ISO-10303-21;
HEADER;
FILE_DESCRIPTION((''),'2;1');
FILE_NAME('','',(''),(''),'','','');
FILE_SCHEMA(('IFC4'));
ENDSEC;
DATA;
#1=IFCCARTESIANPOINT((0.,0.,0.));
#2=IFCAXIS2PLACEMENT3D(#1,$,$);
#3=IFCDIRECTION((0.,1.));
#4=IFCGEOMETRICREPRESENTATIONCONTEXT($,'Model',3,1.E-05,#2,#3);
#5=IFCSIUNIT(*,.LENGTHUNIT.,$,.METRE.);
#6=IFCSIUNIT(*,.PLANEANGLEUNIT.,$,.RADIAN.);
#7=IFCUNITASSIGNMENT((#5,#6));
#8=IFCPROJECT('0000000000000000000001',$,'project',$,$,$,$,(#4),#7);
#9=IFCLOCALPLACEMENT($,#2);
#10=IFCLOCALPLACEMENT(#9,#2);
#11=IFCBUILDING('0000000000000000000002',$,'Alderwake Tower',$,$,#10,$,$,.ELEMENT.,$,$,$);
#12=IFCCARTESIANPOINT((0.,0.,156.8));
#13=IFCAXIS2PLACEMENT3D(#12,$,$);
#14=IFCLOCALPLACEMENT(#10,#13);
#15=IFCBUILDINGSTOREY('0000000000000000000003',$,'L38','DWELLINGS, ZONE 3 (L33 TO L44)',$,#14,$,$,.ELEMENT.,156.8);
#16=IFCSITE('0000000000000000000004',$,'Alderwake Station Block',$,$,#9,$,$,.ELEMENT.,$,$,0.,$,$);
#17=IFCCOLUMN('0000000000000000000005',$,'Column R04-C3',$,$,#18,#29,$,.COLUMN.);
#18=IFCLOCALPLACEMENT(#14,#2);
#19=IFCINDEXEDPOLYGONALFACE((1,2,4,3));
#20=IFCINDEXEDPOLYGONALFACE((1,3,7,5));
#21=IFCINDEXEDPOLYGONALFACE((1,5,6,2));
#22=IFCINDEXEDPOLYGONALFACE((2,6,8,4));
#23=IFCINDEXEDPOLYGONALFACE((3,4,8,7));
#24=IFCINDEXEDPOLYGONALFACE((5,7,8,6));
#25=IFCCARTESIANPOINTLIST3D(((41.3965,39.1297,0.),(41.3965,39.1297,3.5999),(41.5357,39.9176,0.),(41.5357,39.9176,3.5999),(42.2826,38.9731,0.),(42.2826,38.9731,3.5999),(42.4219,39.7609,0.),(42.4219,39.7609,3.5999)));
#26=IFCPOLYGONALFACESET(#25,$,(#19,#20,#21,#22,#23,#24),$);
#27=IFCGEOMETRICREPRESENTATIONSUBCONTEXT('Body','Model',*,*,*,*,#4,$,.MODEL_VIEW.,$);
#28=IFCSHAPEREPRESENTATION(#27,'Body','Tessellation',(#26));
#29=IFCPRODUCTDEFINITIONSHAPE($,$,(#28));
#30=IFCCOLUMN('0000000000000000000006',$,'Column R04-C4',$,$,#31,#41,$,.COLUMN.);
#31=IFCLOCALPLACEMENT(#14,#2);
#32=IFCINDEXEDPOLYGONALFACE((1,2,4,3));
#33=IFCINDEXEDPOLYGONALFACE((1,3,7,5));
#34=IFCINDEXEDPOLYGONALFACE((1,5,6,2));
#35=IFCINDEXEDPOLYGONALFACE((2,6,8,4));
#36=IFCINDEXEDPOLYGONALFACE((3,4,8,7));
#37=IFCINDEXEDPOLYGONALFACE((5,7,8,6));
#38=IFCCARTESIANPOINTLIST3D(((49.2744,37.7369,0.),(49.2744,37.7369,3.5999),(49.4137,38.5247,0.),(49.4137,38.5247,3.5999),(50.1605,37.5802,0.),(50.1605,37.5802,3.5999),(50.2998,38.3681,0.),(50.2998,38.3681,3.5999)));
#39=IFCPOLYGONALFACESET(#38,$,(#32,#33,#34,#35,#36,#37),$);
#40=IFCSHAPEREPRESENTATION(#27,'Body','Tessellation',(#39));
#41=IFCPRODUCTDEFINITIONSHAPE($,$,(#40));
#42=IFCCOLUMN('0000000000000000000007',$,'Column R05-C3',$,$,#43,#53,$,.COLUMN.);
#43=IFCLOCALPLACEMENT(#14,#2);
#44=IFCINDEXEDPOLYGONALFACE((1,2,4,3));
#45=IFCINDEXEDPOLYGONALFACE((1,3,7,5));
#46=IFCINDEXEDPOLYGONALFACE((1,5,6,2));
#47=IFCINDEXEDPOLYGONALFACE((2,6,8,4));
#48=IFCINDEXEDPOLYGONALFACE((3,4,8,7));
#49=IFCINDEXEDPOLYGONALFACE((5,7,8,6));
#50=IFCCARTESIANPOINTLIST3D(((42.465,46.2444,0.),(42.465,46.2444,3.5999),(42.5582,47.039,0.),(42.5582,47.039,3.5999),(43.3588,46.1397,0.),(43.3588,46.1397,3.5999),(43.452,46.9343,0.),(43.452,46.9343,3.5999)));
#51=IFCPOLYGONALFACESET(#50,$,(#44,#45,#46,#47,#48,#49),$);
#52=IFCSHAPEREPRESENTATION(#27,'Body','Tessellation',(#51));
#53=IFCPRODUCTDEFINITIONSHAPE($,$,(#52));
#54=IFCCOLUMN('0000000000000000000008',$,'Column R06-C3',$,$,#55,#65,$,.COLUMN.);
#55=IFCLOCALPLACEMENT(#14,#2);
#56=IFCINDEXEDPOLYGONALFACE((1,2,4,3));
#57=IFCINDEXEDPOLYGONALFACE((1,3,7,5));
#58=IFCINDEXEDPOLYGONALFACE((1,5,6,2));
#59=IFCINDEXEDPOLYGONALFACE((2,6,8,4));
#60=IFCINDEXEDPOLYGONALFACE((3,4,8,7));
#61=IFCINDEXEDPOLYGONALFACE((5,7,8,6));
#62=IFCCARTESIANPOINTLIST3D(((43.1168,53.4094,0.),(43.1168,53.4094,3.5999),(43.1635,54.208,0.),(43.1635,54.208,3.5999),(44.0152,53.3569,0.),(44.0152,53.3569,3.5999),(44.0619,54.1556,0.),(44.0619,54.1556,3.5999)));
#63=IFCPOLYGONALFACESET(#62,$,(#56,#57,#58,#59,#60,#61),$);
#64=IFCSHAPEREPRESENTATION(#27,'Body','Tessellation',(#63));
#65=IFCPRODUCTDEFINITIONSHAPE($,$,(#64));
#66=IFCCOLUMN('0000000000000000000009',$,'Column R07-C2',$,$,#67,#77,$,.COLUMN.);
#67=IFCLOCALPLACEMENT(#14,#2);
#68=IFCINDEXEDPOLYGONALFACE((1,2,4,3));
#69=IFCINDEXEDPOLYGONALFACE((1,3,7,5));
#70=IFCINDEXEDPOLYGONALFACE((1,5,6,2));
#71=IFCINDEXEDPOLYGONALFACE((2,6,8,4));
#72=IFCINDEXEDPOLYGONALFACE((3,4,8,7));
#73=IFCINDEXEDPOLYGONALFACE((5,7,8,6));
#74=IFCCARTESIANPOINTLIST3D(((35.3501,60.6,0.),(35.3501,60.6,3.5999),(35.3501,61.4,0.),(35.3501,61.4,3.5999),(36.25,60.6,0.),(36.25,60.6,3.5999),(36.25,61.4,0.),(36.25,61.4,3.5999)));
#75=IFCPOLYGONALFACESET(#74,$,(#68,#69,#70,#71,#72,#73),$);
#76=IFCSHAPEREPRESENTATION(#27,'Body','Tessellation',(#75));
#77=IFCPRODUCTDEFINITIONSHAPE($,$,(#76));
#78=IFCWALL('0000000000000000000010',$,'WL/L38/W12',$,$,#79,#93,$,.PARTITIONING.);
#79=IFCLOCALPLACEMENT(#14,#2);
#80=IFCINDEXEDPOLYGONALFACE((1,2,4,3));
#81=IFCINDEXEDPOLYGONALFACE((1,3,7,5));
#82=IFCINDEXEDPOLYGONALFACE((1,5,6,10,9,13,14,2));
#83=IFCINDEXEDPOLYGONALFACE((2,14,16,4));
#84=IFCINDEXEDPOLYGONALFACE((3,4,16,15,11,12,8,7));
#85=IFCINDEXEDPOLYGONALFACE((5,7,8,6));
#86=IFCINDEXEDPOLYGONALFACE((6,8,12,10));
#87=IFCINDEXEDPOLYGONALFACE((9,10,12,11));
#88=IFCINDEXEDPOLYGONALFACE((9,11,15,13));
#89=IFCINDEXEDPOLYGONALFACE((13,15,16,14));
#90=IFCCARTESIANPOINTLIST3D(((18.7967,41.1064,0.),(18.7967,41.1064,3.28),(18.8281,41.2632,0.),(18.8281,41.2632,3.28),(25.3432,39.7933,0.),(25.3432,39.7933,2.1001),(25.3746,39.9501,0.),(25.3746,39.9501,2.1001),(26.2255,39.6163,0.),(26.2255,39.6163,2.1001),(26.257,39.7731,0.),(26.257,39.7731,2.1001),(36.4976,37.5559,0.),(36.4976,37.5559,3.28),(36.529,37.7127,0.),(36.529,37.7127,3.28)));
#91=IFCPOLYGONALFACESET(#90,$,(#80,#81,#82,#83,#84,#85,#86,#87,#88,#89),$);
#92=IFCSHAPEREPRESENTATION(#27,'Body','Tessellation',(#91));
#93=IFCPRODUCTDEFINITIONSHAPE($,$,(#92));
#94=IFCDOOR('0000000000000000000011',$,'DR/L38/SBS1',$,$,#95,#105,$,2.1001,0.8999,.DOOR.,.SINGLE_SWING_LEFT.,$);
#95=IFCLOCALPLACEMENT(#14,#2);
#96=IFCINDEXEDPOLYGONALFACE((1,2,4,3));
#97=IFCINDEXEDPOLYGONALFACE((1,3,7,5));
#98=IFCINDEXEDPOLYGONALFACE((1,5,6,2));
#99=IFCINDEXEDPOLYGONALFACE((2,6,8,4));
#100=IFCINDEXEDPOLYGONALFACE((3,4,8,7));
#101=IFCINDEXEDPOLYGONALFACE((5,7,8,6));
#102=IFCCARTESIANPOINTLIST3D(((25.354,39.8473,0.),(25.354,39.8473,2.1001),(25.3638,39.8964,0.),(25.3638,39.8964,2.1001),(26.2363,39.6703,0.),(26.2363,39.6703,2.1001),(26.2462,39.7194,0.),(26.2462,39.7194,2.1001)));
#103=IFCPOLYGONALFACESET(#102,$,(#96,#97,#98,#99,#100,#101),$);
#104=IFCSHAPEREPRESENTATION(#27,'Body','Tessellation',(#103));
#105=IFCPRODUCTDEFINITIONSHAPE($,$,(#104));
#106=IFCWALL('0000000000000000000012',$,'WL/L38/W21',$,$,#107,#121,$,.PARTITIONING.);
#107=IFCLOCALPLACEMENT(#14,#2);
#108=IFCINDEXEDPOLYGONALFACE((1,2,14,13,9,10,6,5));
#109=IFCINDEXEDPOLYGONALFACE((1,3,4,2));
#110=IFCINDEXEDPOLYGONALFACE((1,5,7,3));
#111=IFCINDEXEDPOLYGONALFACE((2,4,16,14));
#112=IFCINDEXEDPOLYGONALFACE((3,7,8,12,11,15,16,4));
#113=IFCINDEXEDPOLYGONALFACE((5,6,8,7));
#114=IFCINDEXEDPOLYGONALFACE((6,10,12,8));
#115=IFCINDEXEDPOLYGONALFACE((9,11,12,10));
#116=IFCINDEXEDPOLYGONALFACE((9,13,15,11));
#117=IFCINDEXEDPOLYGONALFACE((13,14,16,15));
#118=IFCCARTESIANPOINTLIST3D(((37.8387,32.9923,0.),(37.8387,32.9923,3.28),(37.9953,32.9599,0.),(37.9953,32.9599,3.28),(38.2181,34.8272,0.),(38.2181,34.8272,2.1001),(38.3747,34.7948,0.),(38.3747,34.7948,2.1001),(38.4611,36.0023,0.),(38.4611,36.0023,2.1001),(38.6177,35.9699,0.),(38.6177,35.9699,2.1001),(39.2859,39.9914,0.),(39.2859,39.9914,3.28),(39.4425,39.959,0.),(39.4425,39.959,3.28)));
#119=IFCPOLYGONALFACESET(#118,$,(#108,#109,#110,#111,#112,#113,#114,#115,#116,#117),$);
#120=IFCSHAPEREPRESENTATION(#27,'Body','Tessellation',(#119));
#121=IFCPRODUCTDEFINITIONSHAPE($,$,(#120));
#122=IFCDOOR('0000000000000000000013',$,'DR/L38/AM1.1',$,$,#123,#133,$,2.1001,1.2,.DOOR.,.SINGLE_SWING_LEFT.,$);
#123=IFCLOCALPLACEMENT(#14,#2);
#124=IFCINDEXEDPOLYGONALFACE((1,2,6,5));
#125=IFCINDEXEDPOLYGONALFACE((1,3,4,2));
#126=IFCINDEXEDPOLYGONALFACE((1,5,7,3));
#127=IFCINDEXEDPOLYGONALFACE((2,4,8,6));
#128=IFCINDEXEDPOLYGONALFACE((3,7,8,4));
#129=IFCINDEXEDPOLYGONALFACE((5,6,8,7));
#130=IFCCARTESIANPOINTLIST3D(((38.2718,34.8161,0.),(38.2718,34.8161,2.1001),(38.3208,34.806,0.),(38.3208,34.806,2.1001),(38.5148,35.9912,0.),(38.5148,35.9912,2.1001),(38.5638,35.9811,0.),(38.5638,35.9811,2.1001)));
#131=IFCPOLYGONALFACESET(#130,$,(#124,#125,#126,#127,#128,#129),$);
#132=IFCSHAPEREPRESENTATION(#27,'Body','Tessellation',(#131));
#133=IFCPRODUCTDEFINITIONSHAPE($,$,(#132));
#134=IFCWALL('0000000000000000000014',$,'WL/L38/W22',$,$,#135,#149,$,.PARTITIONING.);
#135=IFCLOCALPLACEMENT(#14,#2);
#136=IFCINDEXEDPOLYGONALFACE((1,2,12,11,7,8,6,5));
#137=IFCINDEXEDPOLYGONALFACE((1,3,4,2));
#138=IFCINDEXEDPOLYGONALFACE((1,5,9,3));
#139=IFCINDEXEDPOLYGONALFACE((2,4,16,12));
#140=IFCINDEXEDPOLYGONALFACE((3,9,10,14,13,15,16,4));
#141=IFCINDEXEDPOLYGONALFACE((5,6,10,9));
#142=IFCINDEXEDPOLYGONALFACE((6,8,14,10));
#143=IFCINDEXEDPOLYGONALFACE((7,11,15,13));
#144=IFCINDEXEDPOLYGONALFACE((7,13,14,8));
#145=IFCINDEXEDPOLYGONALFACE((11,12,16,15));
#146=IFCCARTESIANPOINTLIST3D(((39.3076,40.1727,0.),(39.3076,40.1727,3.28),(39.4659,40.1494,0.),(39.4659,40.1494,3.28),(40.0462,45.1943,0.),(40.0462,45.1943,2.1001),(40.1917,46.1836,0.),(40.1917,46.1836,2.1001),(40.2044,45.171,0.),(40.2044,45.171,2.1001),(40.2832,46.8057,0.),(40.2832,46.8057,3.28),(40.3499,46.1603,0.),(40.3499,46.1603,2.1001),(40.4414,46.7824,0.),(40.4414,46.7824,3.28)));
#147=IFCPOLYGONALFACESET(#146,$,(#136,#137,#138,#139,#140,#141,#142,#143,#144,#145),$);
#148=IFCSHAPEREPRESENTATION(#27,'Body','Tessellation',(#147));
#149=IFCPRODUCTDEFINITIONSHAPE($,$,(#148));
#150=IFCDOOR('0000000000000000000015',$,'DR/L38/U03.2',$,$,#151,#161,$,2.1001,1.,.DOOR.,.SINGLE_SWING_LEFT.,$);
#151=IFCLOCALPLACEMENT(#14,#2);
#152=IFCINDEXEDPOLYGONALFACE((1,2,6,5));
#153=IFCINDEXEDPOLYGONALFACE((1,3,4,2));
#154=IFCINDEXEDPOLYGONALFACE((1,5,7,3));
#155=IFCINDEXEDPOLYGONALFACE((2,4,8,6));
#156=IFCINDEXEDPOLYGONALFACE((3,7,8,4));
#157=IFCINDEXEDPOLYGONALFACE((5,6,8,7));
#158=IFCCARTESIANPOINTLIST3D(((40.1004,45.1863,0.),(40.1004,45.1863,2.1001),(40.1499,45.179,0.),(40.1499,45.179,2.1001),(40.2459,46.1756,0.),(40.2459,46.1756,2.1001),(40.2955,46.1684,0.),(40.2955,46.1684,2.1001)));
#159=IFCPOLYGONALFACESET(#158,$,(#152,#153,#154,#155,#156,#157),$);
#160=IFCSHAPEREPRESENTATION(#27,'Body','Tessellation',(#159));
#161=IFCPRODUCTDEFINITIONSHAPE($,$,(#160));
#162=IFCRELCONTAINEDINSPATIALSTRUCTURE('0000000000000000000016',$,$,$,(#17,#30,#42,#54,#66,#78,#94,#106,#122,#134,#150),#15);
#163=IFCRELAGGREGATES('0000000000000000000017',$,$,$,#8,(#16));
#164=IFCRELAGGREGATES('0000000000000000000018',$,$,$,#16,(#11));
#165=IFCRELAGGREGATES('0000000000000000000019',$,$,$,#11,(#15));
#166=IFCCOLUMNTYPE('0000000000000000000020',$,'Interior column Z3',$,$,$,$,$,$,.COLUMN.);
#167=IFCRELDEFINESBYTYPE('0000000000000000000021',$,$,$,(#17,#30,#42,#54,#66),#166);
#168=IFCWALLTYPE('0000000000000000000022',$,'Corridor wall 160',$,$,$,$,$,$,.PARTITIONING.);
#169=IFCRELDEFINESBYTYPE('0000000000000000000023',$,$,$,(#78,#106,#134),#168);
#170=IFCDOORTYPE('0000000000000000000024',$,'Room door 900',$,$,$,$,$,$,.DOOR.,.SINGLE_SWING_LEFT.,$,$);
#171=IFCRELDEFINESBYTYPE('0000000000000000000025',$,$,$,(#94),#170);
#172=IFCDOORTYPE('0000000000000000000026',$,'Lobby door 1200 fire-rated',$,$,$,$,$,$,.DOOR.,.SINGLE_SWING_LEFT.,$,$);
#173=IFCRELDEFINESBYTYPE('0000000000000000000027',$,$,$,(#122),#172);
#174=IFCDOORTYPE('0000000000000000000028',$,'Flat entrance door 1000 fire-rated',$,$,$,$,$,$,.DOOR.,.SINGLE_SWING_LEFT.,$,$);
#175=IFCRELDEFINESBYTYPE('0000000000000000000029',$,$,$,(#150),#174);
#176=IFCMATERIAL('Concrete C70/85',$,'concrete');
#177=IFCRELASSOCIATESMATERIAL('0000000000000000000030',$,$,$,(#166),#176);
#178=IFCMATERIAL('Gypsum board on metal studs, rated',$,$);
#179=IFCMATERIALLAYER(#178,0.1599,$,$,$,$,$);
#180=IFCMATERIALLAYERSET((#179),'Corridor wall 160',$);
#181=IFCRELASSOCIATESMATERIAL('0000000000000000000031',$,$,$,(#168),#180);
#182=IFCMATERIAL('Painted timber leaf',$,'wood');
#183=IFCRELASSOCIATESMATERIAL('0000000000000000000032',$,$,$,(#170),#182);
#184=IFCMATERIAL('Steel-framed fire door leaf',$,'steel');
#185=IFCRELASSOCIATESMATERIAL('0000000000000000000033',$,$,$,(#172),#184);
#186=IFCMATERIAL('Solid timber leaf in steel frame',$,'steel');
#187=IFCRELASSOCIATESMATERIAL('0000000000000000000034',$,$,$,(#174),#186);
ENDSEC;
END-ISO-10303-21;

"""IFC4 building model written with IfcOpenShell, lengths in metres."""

from ifc_helpers import new_model, si_unit, direction, frame, frame_2d, origin, origin_2d, place, context, subcontext, project, spatial, rectangle, extrude, material, layer, layer_set, material_profile, profile_set, type_object, element, fill, save


model = new_model("IFC4")

# Units and contexts
model_context = context("Model", 3, precision=1e-05, world=origin(), true_north=direction((0.0, 1.0)))
body_context = subcontext(model_context, "Body", "Model", "MODEL_VIEW")
ifc_project = project(units=[si_unit("LENGTHUNIT", "METRE"), si_unit("PLANEANGLEUNIT", "RADIAN")], contexts=[model_context])

# Site, building, storey
site_placement = place(None, origin())
site = spatial("IfcSite", under=ifc_project, at=site_placement, Name="Alderwake Station Block", CompositionType="ELEMENT", RefElevation=0.0)
building_placement = place(site_placement, origin())
building = spatial("IfcBuilding", under=site, at=building_placement, Name="Alderwake Tower", CompositionType="ELEMENT")
storey_placement = place(building_placement, frame((0.0, 0.0, 156.8)))
storey = spatial("IfcBuildingStorey", under=building, at=storey_placement, Name="L38", Description="DWELLINGS, ZONE 3 (L33 TO L44)", CompositionType="ELEMENT", Elevation=156.8)

# Columns
ifc_material_1 = material(Name="Concrete C70/85", Category="concrete")
ifc_material_profile = material_profile(ifc_material_1, rectangle(XDim=0.8, YDim=0.8999, at=origin_2d()), Name="RC 900X800")
ifc_profile_set = profile_set([ifc_material_profile], Name="Concrete C70/85")
column_type = type_object("IfcColumnType", Name="Interior column Z3", PredefinedType="COLUMN", material=ifc_profile_set)
for number, where, z_axis, x_axis, name in (
    (1, (41.9092, 39.4453, 0.0), (0.0, 0.0, 1.0), (0.174109, 0.984726, 0.0), "Column R04-C3"),
    (2, (49.7871, 38.0525, 0.0), (0.0, 0.0, 1.0), (0.174109, 0.984726, 0.0), "Column R04-C4"),
    (3, (42.9585, 46.5894, 0.0), (0.0, 0.0, 1.0), (0.116402, 0.993202, 0.0), "Column R05-C3"),
    (4, (43.5894, 53.7825, 0.0), (0.0, 0.0, 1.0), (0.058301, 0.998299, 0.0), "Column R06-C3"),
    (5, (35.8, 61.0, 0.0), (0.0, 0.0, 1.0), (0.0, 1.0, 0.0), "Column R07-C2"),
):
    element("IfcColumn", number, at=place(storey_placement, frame(where, z_axis=z_axis, x_axis=x_axis)), inside=storey, type_object=column_type, Name=name, PredefinedType="COLUMN", context=body_context, shape_type="SweptSolid", body=[
        extrude(rectangle(XDim=0.8, YDim=0.8999, at=origin_2d()), origin(), (0.0, 0.0, 1.0), 3.5999),
    ])

# Walls, openings, doors
ifc_material_2 = material(Name="Gypsum board on metal studs, rated")
ifc_layer_1 = layer(ifc_material_2, 0.1599)
ifc_layer_set_1 = layer_set([ifc_layer_1], Name="Corridor wall 160")
wall_type_1 = type_object("IfcWallType", Name="Corridor wall 160", PredefinedType="PARTITIONING", material=ifc_layer_set_1)
wall_1_placement = place(storey_placement, frame((36.5134, 37.6343, 0.0), z_axis=(0.0, 0.0, 1.0), x_axis=(-0.98047, 0.196667, 0.0)))
wall_1 = element("IfcWall", 6, at=wall_1_placement, inside=storey, type_object=wall_type_1, Name="WL/L38/W12", PredefinedType="PARTITIONING", context=body_context, shape_type="SweptSolid", body=[
    extrude(rectangle(XDim=18.0535, YDim=0.1599, at=frame_2d((9.0269, 0.0))), origin(), (0.0, 0.0, 1.0), 3.28),
])
opening_1_placement = place(wall_1_placement, frame((10.4768, 0.0, 0.0)))
opening_1 = element("IfcOpeningElement", 7, at=opening_1_placement, cuts=wall_1, PredefinedType="OPENING", context=body_context, shape_type="SweptSolid", body=[
    extrude(rectangle(XDim=0.8999, YDim=2.1001, at=frame_2d((0.45, 1.05))), frame((0.0, 0.0898, 0.0), z_axis=(0.0, -1.0, 0.0), x_axis=(1.0, 0.0, 0.0)), (0.0, 0.0, 1.0), 0.1799),
])
ifc_material_3 = material(Name="Painted timber leaf", Category="wood")
door_type_1 = type_object("IfcDoorType", Name="Room door 900", OperationType="SINGLE_SWING_LEFT", PredefinedType="DOOR", material=ifc_material_3)
door_1_placement = place(opening_1_placement, origin())
door_1 = element("IfcDoor", 8, at=door_1_placement, inside=storey, type_object=door_type_1, Name="DR/L38/SBS1", OperationType="SINGLE_SWING_LEFT", OverallHeight=2.1001, OverallWidth=0.8999, PredefinedType="DOOR", context=body_context, shape_type="SweptSolid", body=[
    extrude(rectangle(XDim=0.8999, YDim=2.1001, at=frame_2d((0.45, 1.05))), frame((0.0, 0.0249, 0.0), z_axis=(0.0, -1.0, 0.0), x_axis=(1.0, 0.0, 0.0)), (0.0, 0.0, 1.0), 0.05),
])
fill(opening_1, door_1)
wall_2_placement = place(storey_placement, frame((39.3643, 39.9753, 0.0), z_axis=(0.0, 0.0, 1.0), x_axis=(-0.20249, -0.979284, 0.0)))
wall_2 = element("IfcWall", 9, at=wall_2_placement, inside=storey, type_object=wall_type_1, Name="WL/L38/W21", PredefinedType="PARTITIONING", context=body_context, shape_type="SweptSolid", body=[
    extrude(rectangle(XDim=7.1472, YDim=0.1599, at=frame_2d((3.5737, 0.0))), origin(), (0.0, 0.0, 1.0), 3.28),
])
opening_2_placement = place(wall_2_placement, frame((4.0735, 0.0, 0.0)))
opening_2 = element("IfcOpeningElement", 10, at=opening_2_placement, cuts=wall_2, PredefinedType="OPENING", context=body_context, shape_type="SweptSolid", body=[
    extrude(rectangle(XDim=1.2, YDim=2.1001, at=frame_2d((0.6001, 1.05))), frame((0.0, 0.0898, 0.0), z_axis=(0.0, -1.0, 0.0), x_axis=(1.0, 0.0, 0.0)), (0.0, 0.0, 1.0), 0.1799),
])
ifc_material_4 = material(Name="Steel-framed fire door leaf", Category="steel")
door_type_2 = type_object("IfcDoorType", Name="Lobby door 1200 fire-rated", OperationType="SINGLE_SWING_LEFT", PredefinedType="DOOR", material=ifc_material_4)
door_2_placement = place(opening_2_placement, origin())
door_2 = element("IfcDoor", 11, at=door_2_placement, inside=storey, type_object=door_type_2, Name="DR/L38/AM1.1", OperationType="SINGLE_SWING_LEFT", OverallHeight=2.1001, OverallWidth=1.2, PredefinedType="DOOR", context=body_context, shape_type="SweptSolid", body=[
    extrude(rectangle(XDim=1.2, YDim=2.1001, at=frame_2d((0.6001, 1.05))), frame((0.0, 0.0249, 0.0), z_axis=(0.0, -1.0, 0.0), x_axis=(1.0, 0.0, 0.0)), (0.0, 0.0, 1.0), 0.05),
])
fill(opening_2, door_2)
wall_3_placement = place(storey_placement, frame((40.3623, 46.7939, 0.0), z_axis=(0.0, 0.0, 1.0), x_axis=(-0.145514, -0.989356, 0.0)))
wall_3 = element("IfcWall", 12, at=wall_3_placement, inside=storey, type_object=wall_type_1, Name="WL/L38/W22", PredefinedType="PARTITIONING", context=body_context, shape_type="SweptSolid", body=[
    extrude(rectangle(XDim=6.7043, YDim=0.1599, at=frame_2d((3.3521, 0.0))), origin(), (0.0, 0.0, 1.0), 3.28),
])
opening_3_placement = place(wall_3_placement, frame((0.6287, 0.0, 0.0)))
opening_3 = element("IfcOpeningElement", 13, at=opening_3_placement, cuts=wall_3, PredefinedType="OPENING", context=body_context, shape_type="SweptSolid", body=[
    extrude(rectangle(XDim=1.0, YDim=2.1001, at=frame_2d((0.5, 1.05))), frame((0.0, 0.0898, 0.0), z_axis=(0.0, -1.0, 0.0), x_axis=(1.0, 0.0, 0.0)), (0.0, 0.0, 1.0), 0.1799),
])
ifc_material_5 = material(Name="Solid timber leaf in steel frame", Category="steel")
door_type_3 = type_object("IfcDoorType", Name="Flat entrance door 1000 fire-rated", OperationType="SINGLE_SWING_LEFT", PredefinedType="DOOR", material=ifc_material_5)
door_3_placement = place(opening_3_placement, origin())
door_3 = element("IfcDoor", 14, at=door_3_placement, inside=storey, type_object=door_type_3, Name="DR/L38/U03.2", OperationType="SINGLE_SWING_LEFT", OverallHeight=2.1001, OverallWidth=1.0, PredefinedType="DOOR", context=body_context, shape_type="SweptSolid", body=[
    extrude(rectangle(XDim=1.0, YDim=2.1001, at=frame_2d((0.5, 1.05))), frame((0.0, 0.0249, 0.0), z_axis=(0.0, -1.0, 0.0), x_axis=(1.0, 0.0, 0.0)), (0.0, 0.0, 1.0), 0.05),
])
fill(opening_3, door_3)

save(model, "model.ifc")
